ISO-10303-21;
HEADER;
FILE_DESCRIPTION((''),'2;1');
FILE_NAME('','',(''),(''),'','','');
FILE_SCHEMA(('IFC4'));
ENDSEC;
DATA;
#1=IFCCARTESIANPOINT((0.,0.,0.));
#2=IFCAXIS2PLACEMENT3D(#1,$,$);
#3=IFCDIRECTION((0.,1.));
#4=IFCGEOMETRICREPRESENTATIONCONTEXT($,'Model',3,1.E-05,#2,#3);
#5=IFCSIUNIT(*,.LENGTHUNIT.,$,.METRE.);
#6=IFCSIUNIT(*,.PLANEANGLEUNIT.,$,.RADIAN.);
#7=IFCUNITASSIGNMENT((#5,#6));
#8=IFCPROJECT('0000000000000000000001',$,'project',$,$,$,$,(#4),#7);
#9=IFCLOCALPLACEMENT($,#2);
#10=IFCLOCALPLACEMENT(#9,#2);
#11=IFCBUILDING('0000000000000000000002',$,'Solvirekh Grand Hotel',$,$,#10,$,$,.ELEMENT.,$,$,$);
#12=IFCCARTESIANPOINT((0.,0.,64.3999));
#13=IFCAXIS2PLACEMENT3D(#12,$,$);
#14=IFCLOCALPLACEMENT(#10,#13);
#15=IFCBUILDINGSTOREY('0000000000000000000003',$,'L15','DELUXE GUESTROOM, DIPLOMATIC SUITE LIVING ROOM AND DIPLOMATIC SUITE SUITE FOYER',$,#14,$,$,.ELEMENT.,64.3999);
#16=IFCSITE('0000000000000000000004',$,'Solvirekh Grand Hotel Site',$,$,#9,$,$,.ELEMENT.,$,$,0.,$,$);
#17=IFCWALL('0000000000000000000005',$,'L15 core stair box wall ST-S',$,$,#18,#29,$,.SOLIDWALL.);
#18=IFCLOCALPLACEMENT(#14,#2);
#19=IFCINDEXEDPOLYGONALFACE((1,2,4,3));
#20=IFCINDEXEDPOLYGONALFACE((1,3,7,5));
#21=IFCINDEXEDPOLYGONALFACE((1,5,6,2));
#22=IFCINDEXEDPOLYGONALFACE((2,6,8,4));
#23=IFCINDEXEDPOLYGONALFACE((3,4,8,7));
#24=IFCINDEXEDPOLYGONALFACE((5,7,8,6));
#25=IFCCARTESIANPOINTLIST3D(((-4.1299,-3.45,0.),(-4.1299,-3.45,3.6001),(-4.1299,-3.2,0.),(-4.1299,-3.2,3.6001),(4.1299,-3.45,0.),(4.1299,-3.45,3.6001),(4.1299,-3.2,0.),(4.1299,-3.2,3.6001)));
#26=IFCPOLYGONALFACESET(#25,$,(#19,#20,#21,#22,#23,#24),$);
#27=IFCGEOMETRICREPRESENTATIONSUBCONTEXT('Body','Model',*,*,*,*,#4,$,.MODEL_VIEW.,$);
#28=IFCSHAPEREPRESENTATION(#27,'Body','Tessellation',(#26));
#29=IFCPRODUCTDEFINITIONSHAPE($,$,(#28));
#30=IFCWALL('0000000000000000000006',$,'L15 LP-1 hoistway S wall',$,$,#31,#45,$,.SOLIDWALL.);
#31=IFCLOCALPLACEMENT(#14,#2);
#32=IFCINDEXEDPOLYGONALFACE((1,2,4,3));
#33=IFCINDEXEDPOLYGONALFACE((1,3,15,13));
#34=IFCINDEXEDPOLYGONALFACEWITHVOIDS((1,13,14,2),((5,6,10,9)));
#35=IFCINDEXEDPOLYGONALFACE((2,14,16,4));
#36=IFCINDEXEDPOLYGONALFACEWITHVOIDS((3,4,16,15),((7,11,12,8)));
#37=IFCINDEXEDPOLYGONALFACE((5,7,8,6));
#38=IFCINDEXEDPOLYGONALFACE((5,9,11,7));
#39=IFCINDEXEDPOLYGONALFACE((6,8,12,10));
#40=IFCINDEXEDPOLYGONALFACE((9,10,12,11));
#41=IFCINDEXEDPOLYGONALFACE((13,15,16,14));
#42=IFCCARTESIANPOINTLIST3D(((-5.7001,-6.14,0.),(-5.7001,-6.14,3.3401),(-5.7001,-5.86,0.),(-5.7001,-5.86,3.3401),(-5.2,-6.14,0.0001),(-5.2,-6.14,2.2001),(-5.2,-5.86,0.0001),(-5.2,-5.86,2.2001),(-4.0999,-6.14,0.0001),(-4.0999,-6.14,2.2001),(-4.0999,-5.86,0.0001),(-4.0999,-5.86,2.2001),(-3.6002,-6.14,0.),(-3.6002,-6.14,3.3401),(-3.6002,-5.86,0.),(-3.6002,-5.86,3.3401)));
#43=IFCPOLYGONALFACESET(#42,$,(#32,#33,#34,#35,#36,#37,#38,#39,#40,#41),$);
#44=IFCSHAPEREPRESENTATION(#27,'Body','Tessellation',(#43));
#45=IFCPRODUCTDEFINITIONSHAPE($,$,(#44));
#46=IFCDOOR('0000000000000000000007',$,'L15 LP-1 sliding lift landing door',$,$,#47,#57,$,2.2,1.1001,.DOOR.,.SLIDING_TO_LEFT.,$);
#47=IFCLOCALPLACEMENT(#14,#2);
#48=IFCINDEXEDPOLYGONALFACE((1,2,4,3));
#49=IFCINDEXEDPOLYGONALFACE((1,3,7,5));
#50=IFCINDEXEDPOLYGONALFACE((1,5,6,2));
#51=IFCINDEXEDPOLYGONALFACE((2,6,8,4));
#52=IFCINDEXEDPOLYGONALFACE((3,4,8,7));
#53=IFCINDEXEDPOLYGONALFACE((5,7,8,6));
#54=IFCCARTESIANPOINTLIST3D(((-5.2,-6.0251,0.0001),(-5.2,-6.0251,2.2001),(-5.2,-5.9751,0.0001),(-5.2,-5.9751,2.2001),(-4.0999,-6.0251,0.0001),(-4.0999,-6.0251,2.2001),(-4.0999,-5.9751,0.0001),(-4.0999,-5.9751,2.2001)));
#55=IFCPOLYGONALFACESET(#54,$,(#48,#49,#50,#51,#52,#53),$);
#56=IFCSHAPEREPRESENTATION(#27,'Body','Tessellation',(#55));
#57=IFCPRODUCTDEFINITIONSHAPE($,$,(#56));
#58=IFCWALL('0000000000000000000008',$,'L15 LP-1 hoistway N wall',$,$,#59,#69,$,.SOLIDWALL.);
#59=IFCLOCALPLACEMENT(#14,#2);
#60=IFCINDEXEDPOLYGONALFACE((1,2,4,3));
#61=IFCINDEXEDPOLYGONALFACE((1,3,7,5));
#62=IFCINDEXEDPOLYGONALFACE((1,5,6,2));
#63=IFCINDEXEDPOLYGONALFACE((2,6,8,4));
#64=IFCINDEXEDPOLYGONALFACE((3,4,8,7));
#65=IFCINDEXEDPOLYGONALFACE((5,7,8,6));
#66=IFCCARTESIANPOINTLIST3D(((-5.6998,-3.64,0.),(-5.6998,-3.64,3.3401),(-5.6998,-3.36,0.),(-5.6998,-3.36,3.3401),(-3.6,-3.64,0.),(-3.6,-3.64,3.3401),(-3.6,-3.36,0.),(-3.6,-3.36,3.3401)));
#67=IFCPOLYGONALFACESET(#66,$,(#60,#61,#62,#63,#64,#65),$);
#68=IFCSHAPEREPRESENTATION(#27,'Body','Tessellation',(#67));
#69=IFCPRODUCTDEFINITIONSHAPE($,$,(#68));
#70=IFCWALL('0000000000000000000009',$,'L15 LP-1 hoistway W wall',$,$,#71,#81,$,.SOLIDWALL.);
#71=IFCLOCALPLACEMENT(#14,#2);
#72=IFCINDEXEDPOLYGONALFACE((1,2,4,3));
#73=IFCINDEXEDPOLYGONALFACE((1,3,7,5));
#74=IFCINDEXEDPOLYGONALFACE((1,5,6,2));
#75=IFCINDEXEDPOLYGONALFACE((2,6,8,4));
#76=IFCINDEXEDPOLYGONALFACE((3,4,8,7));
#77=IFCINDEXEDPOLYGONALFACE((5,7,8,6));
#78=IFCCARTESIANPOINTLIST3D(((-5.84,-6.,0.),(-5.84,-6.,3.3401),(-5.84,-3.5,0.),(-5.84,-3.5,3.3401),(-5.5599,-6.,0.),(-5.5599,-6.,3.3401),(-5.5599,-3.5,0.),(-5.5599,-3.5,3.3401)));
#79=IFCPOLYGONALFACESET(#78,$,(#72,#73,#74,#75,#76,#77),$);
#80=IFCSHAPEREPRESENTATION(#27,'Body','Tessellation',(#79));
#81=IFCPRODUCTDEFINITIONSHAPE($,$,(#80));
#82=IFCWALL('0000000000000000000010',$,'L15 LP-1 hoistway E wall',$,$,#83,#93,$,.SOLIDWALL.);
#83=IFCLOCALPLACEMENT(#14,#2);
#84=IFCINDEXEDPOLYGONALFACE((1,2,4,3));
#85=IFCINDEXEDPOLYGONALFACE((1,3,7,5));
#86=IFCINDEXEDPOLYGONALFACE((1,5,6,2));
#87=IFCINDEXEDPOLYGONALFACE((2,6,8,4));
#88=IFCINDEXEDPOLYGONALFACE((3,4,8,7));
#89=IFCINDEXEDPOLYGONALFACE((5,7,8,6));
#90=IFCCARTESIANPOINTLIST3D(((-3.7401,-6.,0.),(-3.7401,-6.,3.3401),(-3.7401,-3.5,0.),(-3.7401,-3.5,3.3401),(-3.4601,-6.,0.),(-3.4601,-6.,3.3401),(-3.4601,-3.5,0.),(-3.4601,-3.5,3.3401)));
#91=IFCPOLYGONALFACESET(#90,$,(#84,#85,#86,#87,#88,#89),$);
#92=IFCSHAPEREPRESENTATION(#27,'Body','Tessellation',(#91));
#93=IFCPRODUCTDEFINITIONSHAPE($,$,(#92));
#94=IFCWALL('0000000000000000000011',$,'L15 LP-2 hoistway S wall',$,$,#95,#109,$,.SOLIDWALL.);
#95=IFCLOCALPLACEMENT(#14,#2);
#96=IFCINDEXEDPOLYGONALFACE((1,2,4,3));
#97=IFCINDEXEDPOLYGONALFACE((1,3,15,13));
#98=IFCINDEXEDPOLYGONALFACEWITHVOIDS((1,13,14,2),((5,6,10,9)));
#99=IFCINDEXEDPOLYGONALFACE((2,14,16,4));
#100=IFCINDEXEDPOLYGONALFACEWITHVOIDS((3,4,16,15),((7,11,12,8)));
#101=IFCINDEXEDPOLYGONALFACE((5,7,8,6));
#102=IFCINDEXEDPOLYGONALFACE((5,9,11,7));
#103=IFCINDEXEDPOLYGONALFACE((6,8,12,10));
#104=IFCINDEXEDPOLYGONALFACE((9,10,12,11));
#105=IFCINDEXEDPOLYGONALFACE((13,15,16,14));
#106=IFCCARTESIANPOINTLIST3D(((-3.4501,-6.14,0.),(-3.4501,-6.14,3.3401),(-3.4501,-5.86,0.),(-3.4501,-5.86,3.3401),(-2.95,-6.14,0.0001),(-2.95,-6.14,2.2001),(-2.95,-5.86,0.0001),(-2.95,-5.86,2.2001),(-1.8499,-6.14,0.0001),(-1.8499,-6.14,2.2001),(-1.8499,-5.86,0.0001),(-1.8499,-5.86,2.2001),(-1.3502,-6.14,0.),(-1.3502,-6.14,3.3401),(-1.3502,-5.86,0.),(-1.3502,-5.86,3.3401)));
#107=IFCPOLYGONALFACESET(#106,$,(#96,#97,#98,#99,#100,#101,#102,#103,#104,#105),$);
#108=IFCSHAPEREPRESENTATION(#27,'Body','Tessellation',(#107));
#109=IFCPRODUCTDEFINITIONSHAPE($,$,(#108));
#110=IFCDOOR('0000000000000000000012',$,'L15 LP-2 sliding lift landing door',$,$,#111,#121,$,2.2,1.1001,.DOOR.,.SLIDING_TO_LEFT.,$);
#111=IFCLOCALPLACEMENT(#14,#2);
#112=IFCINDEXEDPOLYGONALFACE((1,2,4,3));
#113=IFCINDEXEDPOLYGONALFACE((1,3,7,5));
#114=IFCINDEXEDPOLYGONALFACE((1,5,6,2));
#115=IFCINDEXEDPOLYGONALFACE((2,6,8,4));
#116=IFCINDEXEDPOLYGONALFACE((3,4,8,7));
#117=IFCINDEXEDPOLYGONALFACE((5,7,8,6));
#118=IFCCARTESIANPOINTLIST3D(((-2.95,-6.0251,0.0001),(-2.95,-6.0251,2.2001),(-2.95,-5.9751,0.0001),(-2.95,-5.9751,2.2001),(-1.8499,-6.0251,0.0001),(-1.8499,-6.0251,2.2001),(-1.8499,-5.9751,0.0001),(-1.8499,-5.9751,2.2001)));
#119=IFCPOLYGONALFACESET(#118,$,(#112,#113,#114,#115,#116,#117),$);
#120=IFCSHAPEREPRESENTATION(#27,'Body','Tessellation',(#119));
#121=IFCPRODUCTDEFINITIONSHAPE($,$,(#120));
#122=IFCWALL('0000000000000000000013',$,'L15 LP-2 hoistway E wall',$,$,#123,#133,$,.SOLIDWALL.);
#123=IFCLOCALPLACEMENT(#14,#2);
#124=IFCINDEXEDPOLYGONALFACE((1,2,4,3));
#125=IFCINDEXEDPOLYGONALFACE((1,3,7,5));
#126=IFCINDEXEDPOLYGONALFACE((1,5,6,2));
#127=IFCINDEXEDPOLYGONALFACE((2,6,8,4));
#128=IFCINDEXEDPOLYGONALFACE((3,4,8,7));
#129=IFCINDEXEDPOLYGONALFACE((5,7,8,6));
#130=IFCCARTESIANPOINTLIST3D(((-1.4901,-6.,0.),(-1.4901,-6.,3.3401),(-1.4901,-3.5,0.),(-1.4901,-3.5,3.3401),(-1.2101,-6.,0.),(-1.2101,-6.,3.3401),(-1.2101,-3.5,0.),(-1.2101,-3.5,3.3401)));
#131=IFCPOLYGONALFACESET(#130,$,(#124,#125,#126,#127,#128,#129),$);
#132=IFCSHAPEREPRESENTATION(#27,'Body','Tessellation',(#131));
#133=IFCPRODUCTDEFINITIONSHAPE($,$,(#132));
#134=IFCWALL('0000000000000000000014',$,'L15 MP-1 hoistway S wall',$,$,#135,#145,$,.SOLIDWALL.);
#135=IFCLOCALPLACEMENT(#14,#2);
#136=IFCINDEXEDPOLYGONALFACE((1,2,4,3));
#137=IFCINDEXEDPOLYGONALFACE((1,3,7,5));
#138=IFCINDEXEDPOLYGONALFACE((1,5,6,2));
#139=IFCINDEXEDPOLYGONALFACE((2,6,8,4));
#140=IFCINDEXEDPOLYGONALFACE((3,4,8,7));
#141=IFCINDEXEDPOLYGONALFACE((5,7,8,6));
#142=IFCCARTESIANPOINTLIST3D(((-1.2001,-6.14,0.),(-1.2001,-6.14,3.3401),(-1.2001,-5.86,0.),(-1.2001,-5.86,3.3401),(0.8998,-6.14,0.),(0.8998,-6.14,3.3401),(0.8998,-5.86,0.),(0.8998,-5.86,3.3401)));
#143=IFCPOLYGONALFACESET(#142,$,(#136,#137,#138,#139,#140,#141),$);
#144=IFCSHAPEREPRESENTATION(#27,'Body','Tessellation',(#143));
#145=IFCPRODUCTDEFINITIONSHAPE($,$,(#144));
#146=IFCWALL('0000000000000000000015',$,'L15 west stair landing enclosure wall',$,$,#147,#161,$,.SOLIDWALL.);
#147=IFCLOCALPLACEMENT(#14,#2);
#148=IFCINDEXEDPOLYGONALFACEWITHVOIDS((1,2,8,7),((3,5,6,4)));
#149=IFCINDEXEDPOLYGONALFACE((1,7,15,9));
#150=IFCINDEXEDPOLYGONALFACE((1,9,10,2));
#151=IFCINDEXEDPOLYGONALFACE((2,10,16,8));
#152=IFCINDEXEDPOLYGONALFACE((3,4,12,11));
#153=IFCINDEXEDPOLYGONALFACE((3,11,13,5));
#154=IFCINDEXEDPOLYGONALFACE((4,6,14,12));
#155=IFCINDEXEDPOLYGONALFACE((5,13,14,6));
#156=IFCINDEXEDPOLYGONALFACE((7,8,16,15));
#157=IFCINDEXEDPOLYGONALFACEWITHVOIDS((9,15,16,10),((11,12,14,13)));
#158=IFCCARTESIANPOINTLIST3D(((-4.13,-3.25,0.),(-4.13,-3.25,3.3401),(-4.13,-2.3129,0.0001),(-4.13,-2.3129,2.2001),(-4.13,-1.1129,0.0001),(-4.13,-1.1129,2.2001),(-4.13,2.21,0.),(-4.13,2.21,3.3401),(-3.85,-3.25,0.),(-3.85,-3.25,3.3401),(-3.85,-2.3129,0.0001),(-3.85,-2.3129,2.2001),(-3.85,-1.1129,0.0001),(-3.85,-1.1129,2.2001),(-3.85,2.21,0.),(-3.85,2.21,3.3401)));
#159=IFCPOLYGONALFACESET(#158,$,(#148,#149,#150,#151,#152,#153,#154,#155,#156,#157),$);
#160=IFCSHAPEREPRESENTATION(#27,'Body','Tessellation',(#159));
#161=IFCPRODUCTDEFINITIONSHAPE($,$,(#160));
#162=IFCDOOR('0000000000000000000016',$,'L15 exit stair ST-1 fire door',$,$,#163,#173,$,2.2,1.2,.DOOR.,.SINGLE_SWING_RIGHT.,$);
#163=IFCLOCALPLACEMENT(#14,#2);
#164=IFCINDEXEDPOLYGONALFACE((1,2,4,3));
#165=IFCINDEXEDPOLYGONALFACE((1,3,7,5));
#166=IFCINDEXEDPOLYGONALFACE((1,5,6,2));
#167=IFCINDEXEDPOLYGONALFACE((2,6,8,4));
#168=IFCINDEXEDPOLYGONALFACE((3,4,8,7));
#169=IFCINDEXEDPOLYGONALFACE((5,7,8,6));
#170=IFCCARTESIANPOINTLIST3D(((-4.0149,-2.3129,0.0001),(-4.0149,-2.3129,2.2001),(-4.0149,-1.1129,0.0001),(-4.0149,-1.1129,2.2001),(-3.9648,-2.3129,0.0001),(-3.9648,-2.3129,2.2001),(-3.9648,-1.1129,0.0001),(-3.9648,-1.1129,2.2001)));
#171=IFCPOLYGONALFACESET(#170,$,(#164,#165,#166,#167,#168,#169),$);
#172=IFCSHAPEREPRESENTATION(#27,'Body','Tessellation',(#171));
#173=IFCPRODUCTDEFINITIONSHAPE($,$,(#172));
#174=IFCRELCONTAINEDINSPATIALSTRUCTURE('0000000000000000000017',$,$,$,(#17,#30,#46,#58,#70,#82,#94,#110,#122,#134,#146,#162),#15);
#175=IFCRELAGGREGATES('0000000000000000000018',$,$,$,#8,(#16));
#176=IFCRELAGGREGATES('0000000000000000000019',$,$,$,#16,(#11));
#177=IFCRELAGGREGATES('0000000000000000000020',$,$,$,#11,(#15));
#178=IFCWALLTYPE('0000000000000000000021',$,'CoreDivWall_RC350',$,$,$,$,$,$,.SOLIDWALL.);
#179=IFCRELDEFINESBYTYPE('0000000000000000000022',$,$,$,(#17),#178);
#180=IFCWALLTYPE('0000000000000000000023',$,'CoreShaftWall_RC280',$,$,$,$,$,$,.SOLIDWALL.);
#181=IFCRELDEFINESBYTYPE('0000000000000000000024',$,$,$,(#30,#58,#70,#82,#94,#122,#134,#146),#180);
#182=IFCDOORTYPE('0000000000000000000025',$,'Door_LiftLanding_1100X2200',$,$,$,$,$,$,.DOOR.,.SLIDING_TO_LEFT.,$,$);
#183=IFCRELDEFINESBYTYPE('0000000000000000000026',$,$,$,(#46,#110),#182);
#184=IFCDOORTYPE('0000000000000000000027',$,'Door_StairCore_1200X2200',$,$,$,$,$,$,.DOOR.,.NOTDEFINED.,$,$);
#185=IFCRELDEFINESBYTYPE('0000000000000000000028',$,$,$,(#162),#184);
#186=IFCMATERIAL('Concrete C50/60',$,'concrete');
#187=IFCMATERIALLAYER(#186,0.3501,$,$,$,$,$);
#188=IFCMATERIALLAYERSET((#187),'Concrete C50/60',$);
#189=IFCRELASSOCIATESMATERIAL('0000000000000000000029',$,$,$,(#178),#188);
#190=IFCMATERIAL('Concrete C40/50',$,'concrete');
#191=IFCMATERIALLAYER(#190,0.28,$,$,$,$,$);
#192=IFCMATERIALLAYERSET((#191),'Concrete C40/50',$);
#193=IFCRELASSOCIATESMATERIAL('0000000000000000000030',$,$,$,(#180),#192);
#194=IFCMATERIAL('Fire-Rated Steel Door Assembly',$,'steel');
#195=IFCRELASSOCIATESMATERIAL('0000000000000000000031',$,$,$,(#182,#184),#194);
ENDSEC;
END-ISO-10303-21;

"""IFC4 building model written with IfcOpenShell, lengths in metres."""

from ifc_helpers import new_model, si_unit, direction, frame, frame_2d, origin, place, context, subcontext, project, spatial, rectangle, extrude, material, layer, layer_set, type_object, element, fill, save


model = new_model("IFC4")

# Units and contexts
model_context = context("Model", 3, precision=1e-05, world=origin(), true_north=direction((0.0, 1.0)))
body_context = subcontext(model_context, "Body", "Model", "MODEL_VIEW")
ifc_project = project(units=[si_unit("LENGTHUNIT", "METRE"), si_unit("PLANEANGLEUNIT", "RADIAN")], contexts=[model_context])

# Site, building, storey
site_placement = place(None, origin())
site = spatial("IfcSite", under=ifc_project, at=site_placement, Name="Solvirekh Grand Hotel Site", CompositionType="ELEMENT", RefElevation=0.0)
building_placement = place(site_placement, origin())
building = spatial("IfcBuilding", under=site, at=building_placement, Name="Solvirekh Grand Hotel", CompositionType="ELEMENT")
storey_placement = place(building_placement, frame((0.0, 0.0, 64.3999)))
storey = spatial("IfcBuildingStorey", under=building, at=storey_placement, Name="L15", Description="DELUXE GUESTROOM, DIPLOMATIC SUITE LIVING ROOM AND DIPLOMATIC SUITE SUITE FOYER", CompositionType="ELEMENT", Elevation=64.3999)

# Wall
ifc_material_1 = material(Name="Concrete C50/60", Category="concrete")
ifc_layer_1 = layer(ifc_material_1, 0.3501)
ifc_layer_set_1 = layer_set([ifc_layer_1], Name="Concrete C50/60")
wall_type_1 = type_object("IfcWallType", Name="CoreDivWall_RC350", PredefinedType="SOLIDWALL", material=ifc_layer_set_1)
wall_1_placement = place(storey_placement, frame((-4.1299, -3.325, 0.0), z_axis=(0.0, 0.0, 1.0), x_axis=(1.0, 0.0, 0.0)))
element("IfcWall", 1, at=wall_1_placement, inside=storey, type_object=wall_type_1, Name="L15 core stair box wall ST-S", PredefinedType="SOLIDWALL", context=body_context, shape_type="SweptSolid", body=[
    extrude(rectangle(XDim=8.2598, YDim=0.25, at=frame_2d((4.1299, 0.0))), origin(), (0.0, 0.0, 1.0), 3.6001),
])

# Wall, opening, door
ifc_material_2 = material(Name="Concrete C40/50", Category="concrete")
ifc_layer_2 = layer(ifc_material_2, 0.28)
ifc_layer_set_2 = layer_set([ifc_layer_2], Name="Concrete C40/50")
wall_type_2 = type_object("IfcWallType", Name="CoreShaftWall_RC280", PredefinedType="SOLIDWALL", material=ifc_layer_set_2)
wall_2_placement = place(storey_placement, frame((-5.7, -6.0, 0.0), z_axis=(0.0, 0.0, 1.0), x_axis=(1.0, 0.0, 0.0)))
wall_2 = element("IfcWall", 2, at=wall_2_placement, inside=storey, type_object=wall_type_2, Name="L15 LP-1 hoistway S wall", PredefinedType="SOLIDWALL", context=body_context, shape_type="SweptSolid", body=[
    extrude(rectangle(XDim=2.0999, YDim=0.28, at=frame_2d((1.0498, 0.0))), origin(), (0.0, 0.0, 1.0), 3.3401),
])
opening_1_placement = place(wall_2_placement, frame((0.5, 0.0, 0.0)))
opening_1 = element("IfcOpeningElement", 3, at=opening_1_placement, cuts=wall_2, PredefinedType="OPENING", context=body_context, shape_type="SweptSolid", body=[
    extrude(rectangle(XDim=1.1001, YDim=2.2, at=frame_2d((0.55, 1.1001))), frame((0.0, 0.1499, 0.0), z_axis=(0.0, -1.0, 0.0), x_axis=(1.0, 0.0, 0.0)), (0.0, 0.0, 1.0), 0.3),
])
ifc_material_3 = material(Name="Fire-Rated Steel Door Assembly", Category="steel")
door_type_1 = type_object("IfcDoorType", Name="Door_LiftLanding_1100X2200", OperationType="SLIDING_TO_LEFT", PredefinedType="DOOR", material=ifc_material_3)
door_1_placement = place(opening_1_placement, origin())
door_1 = element("IfcDoor", 4, at=door_1_placement, inside=storey, type_object=door_type_1, Name="L15 LP-1 sliding lift landing door", OperationType="SLIDING_TO_LEFT", OverallHeight=2.2, OverallWidth=1.1001, PredefinedType="DOOR", context=body_context, shape_type="SweptSolid", body=[
    extrude(rectangle(XDim=1.1001, YDim=2.2, at=frame_2d((0.55, 1.1001))), frame((0.0, 0.0249, 0.0), z_axis=(0.0, -1.0, 0.0), x_axis=(1.0, 0.0, 0.0)), (0.0, 0.0, 1.0), 0.05),
])
fill(opening_1, door_1)

# Walls
wall_3_placement = place(storey_placement, frame((-3.6001, -3.5, 0.0), z_axis=(0.0, 0.0, 1.0), x_axis=(-1.0, 0.0, 0.0)))
element("IfcWall", 5, at=wall_3_placement, inside=storey, type_object=wall_type_2, Name="L15 LP-1 hoistway N wall", PredefinedType="SOLIDWALL", context=body_context, shape_type="SweptSolid", body=[
    extrude(rectangle(XDim=2.0999, YDim=0.28, at=frame_2d((1.0498, 0.0))), origin(), (0.0, 0.0, 1.0), 3.3401),
])
for number, where, z_axis, x_axis, name in (
    (6, (-5.7, -3.5, 0.0), (0.0, 0.0, 1.0), (0.0, -1.0, 0.0), "L15 LP-1 hoistway W wall"),
    (7, (-3.6001, -6.0, 0.0), (0.0, 0.0, 1.0), (0.0, 1.0, 0.0), "L15 LP-1 hoistway E wall"),
):
    element("IfcWall", number, at=place(storey_placement, frame(where, z_axis=z_axis, x_axis=x_axis)), inside=storey, type_object=wall_type_2, Name=name, PredefinedType="SOLIDWALL", context=body_context, shape_type="SweptSolid", body=[
        extrude(rectangle(XDim=2.5, YDim=0.28, at=frame_2d((1.25, 0.0))), origin(), (0.0, 0.0, 1.0), 3.3401),
    ])

# Wall, opening, door
wall_4_placement = place(storey_placement, frame((-3.45, -6.0, 0.0), z_axis=(0.0, 0.0, 1.0), x_axis=(1.0, 0.0, 0.0)))
wall_4 = element("IfcWall", 8, at=wall_4_placement, inside=storey, type_object=wall_type_2, Name="L15 LP-2 hoistway S wall", PredefinedType="SOLIDWALL", context=body_context, shape_type="SweptSolid", body=[
    extrude(rectangle(XDim=2.0999, YDim=0.28, at=frame_2d((1.0498, 0.0))), origin(), (0.0, 0.0, 1.0), 3.3401),
])
opening_2_placement = place(wall_4_placement, frame((0.5, 0.0, 0.0)))
opening_2 = element("IfcOpeningElement", 9, at=opening_2_placement, cuts=wall_4, PredefinedType="OPENING", context=body_context, shape_type="SweptSolid", body=[
    extrude(rectangle(XDim=1.1001, YDim=2.2, at=frame_2d((0.55, 1.1001))), frame((0.0, 0.1499, 0.0), z_axis=(0.0, -1.0, 0.0), x_axis=(1.0, 0.0, 0.0)), (0.0, 0.0, 1.0), 0.3),
])
door_2_placement = place(opening_2_placement, origin())
door_2 = element("IfcDoor", 10, at=door_2_placement, inside=storey, type_object=door_type_1, Name="L15 LP-2 sliding lift landing door", OperationType="SLIDING_TO_LEFT", OverallHeight=2.2, OverallWidth=1.1001, PredefinedType="DOOR", context=body_context, shape_type="SweptSolid", body=[
    extrude(rectangle(XDim=1.1001, YDim=2.2, at=frame_2d((0.55, 1.1001))), frame((0.0, 0.0249, 0.0), z_axis=(0.0, -1.0, 0.0), x_axis=(1.0, 0.0, 0.0)), (0.0, 0.0, 1.0), 0.05),
])
fill(opening_2, door_2)

# Walls
wall_5_placement = place(storey_placement, frame((-1.3501, -6.0, 0.0), z_axis=(0.0, 0.0, 1.0), x_axis=(0.0, 1.0, 0.0)))
element("IfcWall", 11, at=wall_5_placement, inside=storey, type_object=wall_type_2, Name="L15 LP-2 hoistway E wall", PredefinedType="SOLIDWALL", context=body_context, shape_type="SweptSolid", body=[
    extrude(rectangle(XDim=2.5, YDim=0.28, at=frame_2d((1.25, 0.0))), origin(), (0.0, 0.0, 1.0), 3.3401),
])
wall_6_placement = place(storey_placement, frame((-1.2, -6.0, 0.0), z_axis=(0.0, 0.0, 1.0), x_axis=(1.0, 0.0, 0.0)))
element("IfcWall", 12, at=wall_6_placement, inside=storey, type_object=wall_type_2, Name="L15 MP-1 hoistway S wall", PredefinedType="SOLIDWALL", context=body_context, shape_type="SweptSolid", body=[
    extrude(rectangle(XDim=2.0999, YDim=0.28, at=frame_2d((1.0498, 0.0))), origin(), (0.0, 0.0, 1.0), 3.3401),
])

# Wall, opening, door
wall_7_placement = place(storey_placement, frame((-3.99, -3.25, 0.0), z_axis=(0.0, 0.0, 1.0), x_axis=(0.0, 1.0, 0.0)))
wall_7 = element("IfcWall", 13, at=wall_7_placement, inside=storey, type_object=wall_type_2, Name="L15 west stair landing enclosure wall", PredefinedType="SOLIDWALL", context=body_context, shape_type="SweptSolid", body=[
    extrude(rectangle(XDim=5.46, YDim=0.28, at=frame_2d((2.73, 0.0))), origin(), (0.0, 0.0, 1.0), 3.3401),
])
opening_3_placement = place(wall_7_placement, frame((0.937, 0.0, 0.0)))
opening_3 = element("IfcOpeningElement", 14, at=opening_3_placement, cuts=wall_7, PredefinedType="OPENING", context=body_context, shape_type="SweptSolid", body=[
    extrude(rectangle(XDim=1.2, YDim=2.2, at=frame_2d((0.6001, 1.1001))), frame((0.0, 0.1499, 0.0), z_axis=(0.0, -1.0, 0.0), x_axis=(1.0, 0.0, 0.0)), (0.0, 0.0, 1.0), 0.3),
])
door_type_2 = type_object("IfcDoorType", Name="Door_StairCore_1200X2200", OperationType="NOTDEFINED", PredefinedType="DOOR", material=ifc_material_3)
door_3_placement = place(opening_3_placement, origin())
door_3 = element("IfcDoor", 15, at=door_3_placement, inside=storey, type_object=door_type_2, Name="L15 exit stair ST-1 fire door", OperationType="SINGLE_SWING_RIGHT", OverallHeight=2.2, OverallWidth=1.2, PredefinedType="DOOR", context=body_context, shape_type="SweptSolid", body=[
    extrude(rectangle(XDim=1.2, YDim=2.2, at=frame_2d((0.6001, 1.1001))), frame((0.0, 0.0249, 0.0), z_axis=(0.0, -1.0, 0.0), x_axis=(1.0, 0.0, 0.0)), (0.0, 0.0, 1.0), 0.05),
])
fill(opening_3, door_3)

save(model, "model.ifc")
